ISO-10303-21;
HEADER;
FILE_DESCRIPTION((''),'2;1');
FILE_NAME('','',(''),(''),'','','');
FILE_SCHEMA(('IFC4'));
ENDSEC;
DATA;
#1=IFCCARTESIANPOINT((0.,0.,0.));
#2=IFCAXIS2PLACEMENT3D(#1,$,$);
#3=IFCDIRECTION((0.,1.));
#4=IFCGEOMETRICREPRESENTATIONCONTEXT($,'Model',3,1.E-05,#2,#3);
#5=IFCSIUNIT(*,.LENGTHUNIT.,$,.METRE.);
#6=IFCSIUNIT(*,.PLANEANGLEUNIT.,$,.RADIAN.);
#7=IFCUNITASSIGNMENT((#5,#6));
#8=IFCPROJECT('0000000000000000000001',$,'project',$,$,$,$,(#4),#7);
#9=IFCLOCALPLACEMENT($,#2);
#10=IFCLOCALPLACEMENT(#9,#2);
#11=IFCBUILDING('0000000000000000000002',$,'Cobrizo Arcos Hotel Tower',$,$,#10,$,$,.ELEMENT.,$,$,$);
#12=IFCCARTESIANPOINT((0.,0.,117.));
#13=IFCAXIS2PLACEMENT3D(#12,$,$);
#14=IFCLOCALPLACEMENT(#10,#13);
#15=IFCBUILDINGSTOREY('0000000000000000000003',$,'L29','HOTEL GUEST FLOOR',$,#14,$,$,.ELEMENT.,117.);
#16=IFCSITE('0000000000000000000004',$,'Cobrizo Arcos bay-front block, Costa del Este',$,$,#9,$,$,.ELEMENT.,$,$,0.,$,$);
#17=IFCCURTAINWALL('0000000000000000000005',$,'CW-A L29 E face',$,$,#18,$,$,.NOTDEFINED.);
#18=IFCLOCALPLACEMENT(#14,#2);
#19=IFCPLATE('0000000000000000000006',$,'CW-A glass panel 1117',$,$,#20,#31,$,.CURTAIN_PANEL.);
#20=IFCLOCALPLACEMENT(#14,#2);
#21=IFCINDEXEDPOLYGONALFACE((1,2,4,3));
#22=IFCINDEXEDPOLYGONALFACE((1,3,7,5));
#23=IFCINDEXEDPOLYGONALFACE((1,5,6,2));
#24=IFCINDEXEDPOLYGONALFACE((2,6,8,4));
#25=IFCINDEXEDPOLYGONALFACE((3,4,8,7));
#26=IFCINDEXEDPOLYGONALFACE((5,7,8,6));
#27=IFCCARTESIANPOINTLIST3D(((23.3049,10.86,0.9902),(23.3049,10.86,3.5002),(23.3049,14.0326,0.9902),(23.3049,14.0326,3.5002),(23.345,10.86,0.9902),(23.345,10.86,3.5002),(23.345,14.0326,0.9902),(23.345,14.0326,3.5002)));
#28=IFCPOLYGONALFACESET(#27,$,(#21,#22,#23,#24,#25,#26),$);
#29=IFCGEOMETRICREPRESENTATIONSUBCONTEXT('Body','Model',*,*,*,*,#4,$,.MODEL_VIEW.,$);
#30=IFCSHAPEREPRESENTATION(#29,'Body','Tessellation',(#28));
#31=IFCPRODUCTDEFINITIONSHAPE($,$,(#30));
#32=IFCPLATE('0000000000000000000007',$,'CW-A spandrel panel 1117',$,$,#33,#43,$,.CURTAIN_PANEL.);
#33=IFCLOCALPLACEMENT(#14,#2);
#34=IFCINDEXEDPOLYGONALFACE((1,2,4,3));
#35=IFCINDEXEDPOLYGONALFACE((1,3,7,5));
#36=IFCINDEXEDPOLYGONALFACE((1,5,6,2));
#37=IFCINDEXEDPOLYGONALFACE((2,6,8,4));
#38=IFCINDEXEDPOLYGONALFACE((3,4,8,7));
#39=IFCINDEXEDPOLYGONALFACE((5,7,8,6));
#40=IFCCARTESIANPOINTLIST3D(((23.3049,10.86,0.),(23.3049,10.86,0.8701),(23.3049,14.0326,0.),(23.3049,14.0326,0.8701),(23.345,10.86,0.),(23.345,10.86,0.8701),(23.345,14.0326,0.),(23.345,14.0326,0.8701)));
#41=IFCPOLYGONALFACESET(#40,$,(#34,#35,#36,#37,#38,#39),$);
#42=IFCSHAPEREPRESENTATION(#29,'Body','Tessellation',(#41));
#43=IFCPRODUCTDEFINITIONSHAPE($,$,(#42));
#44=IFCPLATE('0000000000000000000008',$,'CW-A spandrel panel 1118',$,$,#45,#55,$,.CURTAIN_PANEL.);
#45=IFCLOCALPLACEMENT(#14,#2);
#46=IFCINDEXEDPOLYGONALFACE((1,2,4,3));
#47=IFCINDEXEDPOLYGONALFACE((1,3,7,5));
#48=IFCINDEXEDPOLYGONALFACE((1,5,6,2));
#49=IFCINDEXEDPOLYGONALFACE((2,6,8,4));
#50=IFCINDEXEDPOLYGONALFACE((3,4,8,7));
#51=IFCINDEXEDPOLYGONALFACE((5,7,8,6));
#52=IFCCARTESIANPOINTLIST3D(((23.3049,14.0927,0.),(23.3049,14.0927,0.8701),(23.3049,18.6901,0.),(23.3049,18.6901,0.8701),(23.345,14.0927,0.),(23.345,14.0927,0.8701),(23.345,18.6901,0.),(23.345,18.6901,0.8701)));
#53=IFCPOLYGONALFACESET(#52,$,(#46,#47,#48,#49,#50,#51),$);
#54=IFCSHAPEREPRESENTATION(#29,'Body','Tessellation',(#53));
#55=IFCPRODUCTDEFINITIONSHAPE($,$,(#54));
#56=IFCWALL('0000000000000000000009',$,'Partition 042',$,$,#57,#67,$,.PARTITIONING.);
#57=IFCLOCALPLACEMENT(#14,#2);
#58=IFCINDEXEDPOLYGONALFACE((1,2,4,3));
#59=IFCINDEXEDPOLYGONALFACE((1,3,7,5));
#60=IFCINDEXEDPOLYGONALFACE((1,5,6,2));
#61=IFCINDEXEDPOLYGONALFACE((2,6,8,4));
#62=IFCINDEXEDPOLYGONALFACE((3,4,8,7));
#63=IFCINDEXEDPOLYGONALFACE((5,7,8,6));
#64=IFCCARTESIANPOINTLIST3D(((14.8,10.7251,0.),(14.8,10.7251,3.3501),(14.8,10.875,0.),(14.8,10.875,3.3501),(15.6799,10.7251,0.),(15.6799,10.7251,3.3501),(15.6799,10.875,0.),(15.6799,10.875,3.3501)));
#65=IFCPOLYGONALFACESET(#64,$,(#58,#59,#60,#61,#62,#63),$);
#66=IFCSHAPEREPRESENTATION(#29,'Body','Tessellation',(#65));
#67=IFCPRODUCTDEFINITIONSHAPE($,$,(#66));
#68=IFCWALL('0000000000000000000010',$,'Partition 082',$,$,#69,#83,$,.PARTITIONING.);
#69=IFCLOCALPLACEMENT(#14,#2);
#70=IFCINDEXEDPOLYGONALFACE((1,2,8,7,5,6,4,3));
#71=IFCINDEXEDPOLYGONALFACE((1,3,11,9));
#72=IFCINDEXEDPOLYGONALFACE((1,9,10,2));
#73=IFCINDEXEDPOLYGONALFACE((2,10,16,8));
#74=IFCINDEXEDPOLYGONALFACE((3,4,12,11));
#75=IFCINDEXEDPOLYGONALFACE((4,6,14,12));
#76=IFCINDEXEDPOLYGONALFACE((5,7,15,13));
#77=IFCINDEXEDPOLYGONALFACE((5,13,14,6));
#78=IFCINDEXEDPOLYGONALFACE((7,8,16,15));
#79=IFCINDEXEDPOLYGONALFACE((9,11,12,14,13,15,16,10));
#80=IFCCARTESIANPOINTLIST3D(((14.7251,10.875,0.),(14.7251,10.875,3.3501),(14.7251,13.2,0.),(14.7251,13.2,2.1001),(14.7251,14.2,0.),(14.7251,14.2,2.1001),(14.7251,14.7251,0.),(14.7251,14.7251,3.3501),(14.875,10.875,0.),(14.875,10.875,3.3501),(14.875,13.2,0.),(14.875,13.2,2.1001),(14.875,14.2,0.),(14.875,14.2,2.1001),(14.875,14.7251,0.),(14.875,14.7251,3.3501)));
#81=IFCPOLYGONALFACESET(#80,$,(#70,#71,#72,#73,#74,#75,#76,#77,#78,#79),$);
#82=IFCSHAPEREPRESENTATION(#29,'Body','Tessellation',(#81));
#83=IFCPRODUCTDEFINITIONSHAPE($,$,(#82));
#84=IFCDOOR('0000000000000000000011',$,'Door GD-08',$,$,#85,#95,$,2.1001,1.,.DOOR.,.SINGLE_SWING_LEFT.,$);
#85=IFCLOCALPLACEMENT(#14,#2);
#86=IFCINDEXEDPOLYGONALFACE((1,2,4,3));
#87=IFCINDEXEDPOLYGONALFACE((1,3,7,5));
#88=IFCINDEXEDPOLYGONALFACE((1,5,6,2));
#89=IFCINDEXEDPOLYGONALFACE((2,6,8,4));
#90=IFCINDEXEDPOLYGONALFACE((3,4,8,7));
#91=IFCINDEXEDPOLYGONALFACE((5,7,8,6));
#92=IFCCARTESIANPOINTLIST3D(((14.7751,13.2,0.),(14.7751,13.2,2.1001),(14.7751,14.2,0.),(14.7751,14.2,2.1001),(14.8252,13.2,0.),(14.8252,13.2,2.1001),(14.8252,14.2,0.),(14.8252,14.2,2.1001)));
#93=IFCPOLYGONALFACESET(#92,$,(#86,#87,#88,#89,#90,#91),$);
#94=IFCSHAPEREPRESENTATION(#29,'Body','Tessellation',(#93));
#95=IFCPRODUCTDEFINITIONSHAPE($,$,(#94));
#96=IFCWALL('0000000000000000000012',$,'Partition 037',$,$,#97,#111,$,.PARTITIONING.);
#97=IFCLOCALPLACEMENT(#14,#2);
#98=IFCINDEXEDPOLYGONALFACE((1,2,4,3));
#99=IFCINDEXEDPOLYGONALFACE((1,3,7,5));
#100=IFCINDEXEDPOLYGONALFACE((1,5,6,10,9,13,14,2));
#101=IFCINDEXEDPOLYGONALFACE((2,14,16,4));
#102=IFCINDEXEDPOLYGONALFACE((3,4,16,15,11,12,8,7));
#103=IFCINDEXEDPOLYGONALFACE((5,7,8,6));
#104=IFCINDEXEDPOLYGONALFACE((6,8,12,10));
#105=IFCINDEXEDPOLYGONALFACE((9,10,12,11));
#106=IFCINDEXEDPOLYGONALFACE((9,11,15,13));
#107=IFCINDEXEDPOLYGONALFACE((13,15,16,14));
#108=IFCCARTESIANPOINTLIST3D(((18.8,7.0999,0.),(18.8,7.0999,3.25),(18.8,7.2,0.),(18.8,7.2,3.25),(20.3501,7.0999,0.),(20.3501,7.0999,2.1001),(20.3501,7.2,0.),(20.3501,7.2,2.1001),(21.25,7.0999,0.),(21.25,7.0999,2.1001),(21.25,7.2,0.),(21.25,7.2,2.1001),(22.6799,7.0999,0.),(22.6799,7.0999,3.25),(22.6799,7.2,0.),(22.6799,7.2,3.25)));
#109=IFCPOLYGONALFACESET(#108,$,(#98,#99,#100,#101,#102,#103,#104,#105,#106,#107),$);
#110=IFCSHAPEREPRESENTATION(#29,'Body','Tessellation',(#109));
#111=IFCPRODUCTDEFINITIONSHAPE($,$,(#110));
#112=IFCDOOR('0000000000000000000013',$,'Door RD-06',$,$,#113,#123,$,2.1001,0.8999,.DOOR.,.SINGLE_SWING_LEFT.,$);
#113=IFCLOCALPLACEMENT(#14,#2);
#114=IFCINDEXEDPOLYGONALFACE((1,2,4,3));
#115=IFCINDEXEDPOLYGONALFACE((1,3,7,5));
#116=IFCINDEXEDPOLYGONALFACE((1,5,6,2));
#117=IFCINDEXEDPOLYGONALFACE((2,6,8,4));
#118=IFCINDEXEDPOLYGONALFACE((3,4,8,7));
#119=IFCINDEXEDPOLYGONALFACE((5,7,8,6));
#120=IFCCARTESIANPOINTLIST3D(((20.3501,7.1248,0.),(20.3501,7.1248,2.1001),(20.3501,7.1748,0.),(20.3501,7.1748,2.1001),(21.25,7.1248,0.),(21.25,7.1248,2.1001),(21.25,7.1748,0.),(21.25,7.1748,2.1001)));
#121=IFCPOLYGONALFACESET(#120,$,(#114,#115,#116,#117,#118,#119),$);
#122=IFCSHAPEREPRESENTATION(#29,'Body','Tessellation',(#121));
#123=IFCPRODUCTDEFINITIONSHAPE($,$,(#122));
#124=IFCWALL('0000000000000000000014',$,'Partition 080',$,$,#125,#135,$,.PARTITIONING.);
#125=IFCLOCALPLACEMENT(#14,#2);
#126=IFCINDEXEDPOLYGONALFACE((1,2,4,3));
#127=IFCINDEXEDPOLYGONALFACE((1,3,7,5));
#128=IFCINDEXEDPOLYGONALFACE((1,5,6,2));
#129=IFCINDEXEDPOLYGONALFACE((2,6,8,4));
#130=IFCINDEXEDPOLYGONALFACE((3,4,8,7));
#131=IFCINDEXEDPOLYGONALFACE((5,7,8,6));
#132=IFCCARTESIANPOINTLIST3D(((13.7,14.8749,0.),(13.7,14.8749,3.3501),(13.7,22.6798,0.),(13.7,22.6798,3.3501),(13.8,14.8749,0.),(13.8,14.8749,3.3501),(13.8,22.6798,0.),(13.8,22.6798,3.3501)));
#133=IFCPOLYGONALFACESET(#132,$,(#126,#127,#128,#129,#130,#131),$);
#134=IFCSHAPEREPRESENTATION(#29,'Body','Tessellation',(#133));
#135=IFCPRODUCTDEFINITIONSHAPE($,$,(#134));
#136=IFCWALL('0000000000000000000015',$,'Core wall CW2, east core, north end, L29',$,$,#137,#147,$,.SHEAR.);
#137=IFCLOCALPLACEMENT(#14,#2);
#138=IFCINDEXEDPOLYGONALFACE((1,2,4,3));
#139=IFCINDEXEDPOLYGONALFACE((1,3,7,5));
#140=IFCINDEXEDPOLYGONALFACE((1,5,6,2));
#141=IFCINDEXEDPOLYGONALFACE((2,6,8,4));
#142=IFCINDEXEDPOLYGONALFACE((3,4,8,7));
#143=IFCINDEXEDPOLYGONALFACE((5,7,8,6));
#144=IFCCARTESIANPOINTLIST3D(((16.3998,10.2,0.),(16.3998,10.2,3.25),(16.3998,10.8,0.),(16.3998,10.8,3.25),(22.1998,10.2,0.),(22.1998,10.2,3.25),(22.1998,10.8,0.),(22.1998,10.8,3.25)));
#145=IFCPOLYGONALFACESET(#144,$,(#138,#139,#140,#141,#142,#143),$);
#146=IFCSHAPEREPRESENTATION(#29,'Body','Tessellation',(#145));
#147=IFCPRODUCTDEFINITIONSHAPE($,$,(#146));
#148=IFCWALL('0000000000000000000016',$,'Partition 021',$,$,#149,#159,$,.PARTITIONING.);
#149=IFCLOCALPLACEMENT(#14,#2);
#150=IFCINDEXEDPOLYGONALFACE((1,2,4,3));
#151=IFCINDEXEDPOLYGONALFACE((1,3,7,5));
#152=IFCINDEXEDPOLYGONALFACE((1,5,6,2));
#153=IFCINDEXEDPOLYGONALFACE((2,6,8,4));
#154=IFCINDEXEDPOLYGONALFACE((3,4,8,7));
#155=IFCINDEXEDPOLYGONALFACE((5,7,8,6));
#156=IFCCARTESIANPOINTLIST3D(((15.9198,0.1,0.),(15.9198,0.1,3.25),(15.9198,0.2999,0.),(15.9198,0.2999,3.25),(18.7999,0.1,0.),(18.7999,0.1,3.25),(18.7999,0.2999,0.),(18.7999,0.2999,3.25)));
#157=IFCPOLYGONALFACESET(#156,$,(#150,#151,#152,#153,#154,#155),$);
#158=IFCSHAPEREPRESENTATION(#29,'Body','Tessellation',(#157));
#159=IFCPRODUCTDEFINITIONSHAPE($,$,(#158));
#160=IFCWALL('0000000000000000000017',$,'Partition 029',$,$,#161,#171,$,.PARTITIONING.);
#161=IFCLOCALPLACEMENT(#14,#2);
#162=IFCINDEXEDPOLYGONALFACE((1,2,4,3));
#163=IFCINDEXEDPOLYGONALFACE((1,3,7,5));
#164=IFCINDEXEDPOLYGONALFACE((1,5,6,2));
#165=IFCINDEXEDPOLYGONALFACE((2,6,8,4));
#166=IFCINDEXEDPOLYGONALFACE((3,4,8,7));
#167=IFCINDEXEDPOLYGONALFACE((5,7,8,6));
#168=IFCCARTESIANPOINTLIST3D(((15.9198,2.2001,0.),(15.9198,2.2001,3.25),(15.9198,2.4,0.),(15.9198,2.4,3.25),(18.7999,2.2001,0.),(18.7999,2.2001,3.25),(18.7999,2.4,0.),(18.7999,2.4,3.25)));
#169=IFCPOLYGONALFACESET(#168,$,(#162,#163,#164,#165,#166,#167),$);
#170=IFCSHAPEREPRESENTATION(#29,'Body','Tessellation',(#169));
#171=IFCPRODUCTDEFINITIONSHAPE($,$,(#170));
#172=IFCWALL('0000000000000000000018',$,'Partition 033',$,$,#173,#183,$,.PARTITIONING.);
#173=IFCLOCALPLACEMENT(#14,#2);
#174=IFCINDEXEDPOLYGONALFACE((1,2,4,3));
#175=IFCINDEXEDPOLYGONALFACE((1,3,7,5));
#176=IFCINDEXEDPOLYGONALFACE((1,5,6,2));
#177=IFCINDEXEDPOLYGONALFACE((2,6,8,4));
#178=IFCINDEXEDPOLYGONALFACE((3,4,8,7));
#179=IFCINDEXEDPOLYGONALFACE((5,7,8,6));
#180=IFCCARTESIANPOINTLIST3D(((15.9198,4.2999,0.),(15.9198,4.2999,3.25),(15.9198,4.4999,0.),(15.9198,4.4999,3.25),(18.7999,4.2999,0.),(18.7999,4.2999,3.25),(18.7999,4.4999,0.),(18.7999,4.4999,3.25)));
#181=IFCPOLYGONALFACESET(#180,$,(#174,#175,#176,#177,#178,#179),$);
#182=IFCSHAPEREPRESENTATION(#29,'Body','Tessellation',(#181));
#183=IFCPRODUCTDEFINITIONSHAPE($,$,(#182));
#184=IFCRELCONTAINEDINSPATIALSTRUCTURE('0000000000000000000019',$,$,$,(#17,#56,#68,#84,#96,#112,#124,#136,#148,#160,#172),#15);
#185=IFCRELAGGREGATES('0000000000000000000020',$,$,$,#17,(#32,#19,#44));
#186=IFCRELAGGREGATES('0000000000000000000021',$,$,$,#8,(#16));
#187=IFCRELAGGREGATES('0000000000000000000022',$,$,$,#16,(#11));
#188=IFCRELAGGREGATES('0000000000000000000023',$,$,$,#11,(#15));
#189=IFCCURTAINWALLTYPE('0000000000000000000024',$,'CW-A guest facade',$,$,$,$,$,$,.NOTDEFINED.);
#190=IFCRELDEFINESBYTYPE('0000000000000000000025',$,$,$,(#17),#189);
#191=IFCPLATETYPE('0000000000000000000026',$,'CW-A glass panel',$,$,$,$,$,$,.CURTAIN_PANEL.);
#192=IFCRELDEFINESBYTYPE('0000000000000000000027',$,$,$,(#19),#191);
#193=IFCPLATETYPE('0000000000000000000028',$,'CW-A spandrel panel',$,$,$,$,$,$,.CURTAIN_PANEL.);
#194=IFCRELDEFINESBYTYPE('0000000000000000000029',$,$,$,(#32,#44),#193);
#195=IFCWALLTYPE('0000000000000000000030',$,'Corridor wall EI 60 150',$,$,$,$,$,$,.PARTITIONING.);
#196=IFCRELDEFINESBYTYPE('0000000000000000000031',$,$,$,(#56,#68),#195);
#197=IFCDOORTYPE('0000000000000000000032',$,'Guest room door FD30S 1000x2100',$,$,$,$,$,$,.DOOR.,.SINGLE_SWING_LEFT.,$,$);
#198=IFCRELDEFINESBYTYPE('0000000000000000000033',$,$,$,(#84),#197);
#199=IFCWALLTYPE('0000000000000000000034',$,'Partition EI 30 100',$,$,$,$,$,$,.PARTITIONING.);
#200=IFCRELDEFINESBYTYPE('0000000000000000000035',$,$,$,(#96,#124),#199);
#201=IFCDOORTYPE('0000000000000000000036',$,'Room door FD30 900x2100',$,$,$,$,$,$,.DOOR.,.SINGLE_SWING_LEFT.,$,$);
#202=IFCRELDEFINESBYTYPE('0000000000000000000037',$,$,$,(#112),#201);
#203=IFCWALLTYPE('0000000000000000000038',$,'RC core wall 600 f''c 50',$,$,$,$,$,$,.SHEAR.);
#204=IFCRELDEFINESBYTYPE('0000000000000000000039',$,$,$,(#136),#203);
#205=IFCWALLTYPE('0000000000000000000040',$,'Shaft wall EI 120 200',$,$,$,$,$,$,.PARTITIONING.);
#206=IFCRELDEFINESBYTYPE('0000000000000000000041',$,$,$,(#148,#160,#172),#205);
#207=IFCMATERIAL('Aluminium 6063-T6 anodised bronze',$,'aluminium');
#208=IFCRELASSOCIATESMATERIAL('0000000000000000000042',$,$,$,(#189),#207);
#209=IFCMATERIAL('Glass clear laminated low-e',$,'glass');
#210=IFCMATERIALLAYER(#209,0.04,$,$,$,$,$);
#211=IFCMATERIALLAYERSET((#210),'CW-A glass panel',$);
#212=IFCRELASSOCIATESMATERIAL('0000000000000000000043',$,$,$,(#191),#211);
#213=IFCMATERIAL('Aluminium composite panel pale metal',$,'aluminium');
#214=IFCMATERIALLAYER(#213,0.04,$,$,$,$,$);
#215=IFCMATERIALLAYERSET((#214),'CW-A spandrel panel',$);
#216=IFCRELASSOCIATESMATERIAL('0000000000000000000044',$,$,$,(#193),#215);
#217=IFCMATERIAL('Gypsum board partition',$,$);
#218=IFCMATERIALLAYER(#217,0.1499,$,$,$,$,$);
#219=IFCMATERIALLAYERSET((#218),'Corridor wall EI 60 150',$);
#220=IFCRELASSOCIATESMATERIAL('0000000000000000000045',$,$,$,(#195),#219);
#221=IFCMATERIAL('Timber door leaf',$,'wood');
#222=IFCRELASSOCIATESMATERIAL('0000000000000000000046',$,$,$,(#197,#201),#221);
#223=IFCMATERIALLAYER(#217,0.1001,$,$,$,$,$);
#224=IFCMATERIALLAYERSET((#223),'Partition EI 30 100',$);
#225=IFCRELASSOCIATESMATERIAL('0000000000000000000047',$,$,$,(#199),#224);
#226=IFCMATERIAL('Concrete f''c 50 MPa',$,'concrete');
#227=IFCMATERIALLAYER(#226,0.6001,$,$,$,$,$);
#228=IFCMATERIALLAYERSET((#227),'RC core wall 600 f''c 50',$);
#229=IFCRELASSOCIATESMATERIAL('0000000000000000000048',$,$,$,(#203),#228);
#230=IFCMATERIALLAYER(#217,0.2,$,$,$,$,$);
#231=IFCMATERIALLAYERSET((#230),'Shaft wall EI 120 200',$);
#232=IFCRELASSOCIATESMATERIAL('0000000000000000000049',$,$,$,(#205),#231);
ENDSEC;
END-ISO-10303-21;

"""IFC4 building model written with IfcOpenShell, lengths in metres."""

from ifc_helpers import new_model, si_unit, direction, frame, frame_2d, origin, origin_2d, place, context, subcontext, project, spatial, rectangle, extrude, material, layer, layer_set, type_object, element, fill, aggregate, save


model = new_model("IFC4")

# Units and contexts
model_context = context("Model", 3, precision=1e-05, world=origin(), true_north=direction((0.0, 1.0)))
body_context = subcontext(model_context, "Body", "Model", "MODEL_VIEW")
ifc_project = project(units=[si_unit("LENGTHUNIT", "METRE"), si_unit("PLANEANGLEUNIT", "RADIAN")], contexts=[model_context])

# Site, building, storey
site_placement = place(None, origin())
site = spatial("IfcSite", under=ifc_project, at=site_placement, Name="Cobrizo Arcos bay-front block, Costa del Este", CompositionType="ELEMENT", RefElevation=0.0)
building_placement = place(site_placement, origin())
building = spatial("IfcBuilding", under=site, at=building_placement, Name="Cobrizo Arcos Hotel Tower", CompositionType="ELEMENT")
storey_placement = place(building_placement, frame((0.0, 0.0, 117.0)))
storey = spatial("IfcBuildingStorey", under=building, at=storey_placement, Name="L29", Description="HOTEL GUEST FLOOR", CompositionType="ELEMENT", Elevation=117.0)

# Curtain wall
ifc_material_1 = material(Name="Aluminium 6063-T6 anodised bronze", Category="aluminium")
curtain_wall_type = type_object("IfcCurtainWallType", Name="CW-A guest facade", PredefinedType="NOTDEFINED", material=ifc_material_1)
curtain_wall_placement = place(storey_placement, origin())
curtain_wall = element("IfcCurtainWall", 1, at=curtain_wall_placement, inside=storey, type_object=curtain_wall_type, Name="CW-A L29 E face", PredefinedType="NOTDEFINED")

# Plates
ifc_material_2 = material(Name="Glass clear laminated low-e", Category="glass")
ifc_layer_1 = layer(ifc_material_2, 0.04)
ifc_layer_set_1 = layer_set([ifc_layer_1], Name="CW-A glass panel")
plate_type_1 = type_object("IfcPlateType", Name="CW-A glass panel", PredefinedType="CURTAIN_PANEL", material=ifc_layer_set_1)
plate_1_placement = place(storey_placement, frame((23.325, 12.4463, 0.9902), z_axis=(0.0, 0.0, 1.0), x_axis=(0.0, 1.0, 0.0)))
plate_1 = element("IfcPlate", 2, at=plate_1_placement, type_object=plate_type_1, Name="CW-A glass panel 1117", PredefinedType="CURTAIN_PANEL", context=body_context, shape_type="SweptSolid", body=[
    extrude(rectangle(XDim=3.1726, YDim=0.04, at=origin_2d()), origin(), (0.0, 0.0, 1.0), 2.51),
])
ifc_material_3 = material(Name="Aluminium composite panel pale metal", Category="aluminium")
ifc_layer_2 = layer(ifc_material_3, 0.04)
ifc_layer_set_2 = layer_set([ifc_layer_2], Name="CW-A spandrel panel")
plate_type_2 = type_object("IfcPlateType", Name="CW-A spandrel panel", PredefinedType="CURTAIN_PANEL", material=ifc_layer_set_2)
plate_2_placement = place(storey_placement, frame((23.325, 12.4463, 0.0), z_axis=(0.0, 0.0, 1.0), x_axis=(0.0, 1.0, 0.0)))
plate_2 = element("IfcPlate", 3, at=plate_2_placement, type_object=plate_type_2, Name="CW-A spandrel panel 1117", PredefinedType="CURTAIN_PANEL", context=body_context, shape_type="SweptSolid", body=[
    extrude(rectangle(XDim=3.1726, YDim=0.04, at=origin_2d()), origin(), (0.0, 0.0, 1.0), 0.8701),
])
plate_3_placement = place(storey_placement, frame((23.325, 16.3914, 0.0), z_axis=(0.0, 0.0, 1.0), x_axis=(0.0, 1.0, 0.0)))
plate_3 = element("IfcPlate", 4, at=plate_3_placement, type_object=plate_type_2, Name="CW-A spandrel panel 1118", PredefinedType="CURTAIN_PANEL", context=body_context, shape_type="SweptSolid", body=[
    extrude(rectangle(XDim=4.5974, YDim=0.04, at=origin_2d()), origin(), (0.0, 0.0, 1.0), 0.8701),
])
aggregate(curtain_wall, [plate_2, plate_1, plate_3])

# Wall
ifc_material_4 = material(Name="Gypsum board partition")
ifc_layer_3 = layer(ifc_material_4, 0.1499)
ifc_layer_set_3 = layer_set([ifc_layer_3], Name="Corridor wall EI 60 150")
wall_type_1 = type_object("IfcWallType", Name="Corridor wall EI 60 150", PredefinedType="PARTITIONING", material=ifc_layer_set_3)
wall_1_placement = place(storey_placement, frame((14.8, 10.8, 0.0), z_axis=(0.0, 0.0, 1.0), x_axis=(1.0, 0.0, 0.0)))
element("IfcWall", 5, at=wall_1_placement, inside=storey, type_object=wall_type_1, Name="Partition 042", PredefinedType="PARTITIONING", context=body_context, shape_type="SweptSolid", body=[
    extrude(rectangle(XDim=0.8799, YDim=0.1499, at=frame_2d((0.4399, 0.0))), origin(), (0.0, 0.0, 1.0), 3.3501),
])

# Walls, openings, doors
wall_2_placement = place(storey_placement, frame((14.8, 10.875, 0.0), z_axis=(0.0, 0.0, 1.0), x_axis=(0.0, 1.0, 0.0)))
wall_2 = element("IfcWall", 6, at=wall_2_placement, inside=storey, type_object=wall_type_1, Name="Partition 082", PredefinedType="PARTITIONING", context=body_context, shape_type="SweptSolid", body=[
    extrude(rectangle(XDim=3.8501, YDim=0.1499, at=frame_2d((1.925, 0.0))), origin(), (0.0, 0.0, 1.0), 3.3501),
])
opening_1_placement = place(wall_2_placement, frame((2.325, 0.0, 0.0)))
opening_1 = element("IfcOpeningElement", 7, at=opening_1_placement, cuts=wall_2, PredefinedType="OPENING", context=body_context, shape_type="SweptSolid", body=[
    extrude(rectangle(XDim=1.0, YDim=2.1001, at=frame_2d((0.5, 1.05))), frame((0.0, 0.0869, 0.0), z_axis=(0.0, -1.0, 0.0), x_axis=(1.0, 0.0, 0.0)), (0.0, 0.0, 1.0), 0.1738),
])
ifc_material_5 = material(Name="Timber door leaf", Category="wood")
door_type_1 = type_object("IfcDoorType", Name="Guest room door FD30S 1000x2100", OperationType="SINGLE_SWING_LEFT", PredefinedType="DOOR", material=ifc_material_5)
door_1_placement = place(opening_1_placement, origin())
door_1 = element("IfcDoor", 8, at=door_1_placement, inside=storey, type_object=door_type_1, Name="Door GD-08", OperationType="SINGLE_SWING_LEFT", OverallHeight=2.1001, OverallWidth=1.0, PredefinedType="DOOR", context=body_context, shape_type="SweptSolid", body=[
    extrude(rectangle(XDim=1.0, YDim=2.1001, at=frame_2d((0.5, 1.05))), frame((0.0, 0.0249, 0.0), z_axis=(0.0, -1.0, 0.0), x_axis=(1.0, 0.0, 0.0)), (0.0, 0.0, 1.0), 0.05),
])
fill(opening_1, door_1)
ifc_layer_4 = layer(ifc_material_4, 0.1001)
ifc_layer_set_4 = layer_set([ifc_layer_4], Name="Partition EI 30 100")
wall_type_2 = type_object("IfcWallType", Name="Partition EI 30 100", PredefinedType="PARTITIONING", material=ifc_layer_set_4)
wall_3_placement = place(storey_placement, frame((18.8, 7.1499, 0.0), z_axis=(0.0, 0.0, 1.0), x_axis=(1.0, 0.0, 0.0)))
wall_3 = element("IfcWall", 9, at=wall_3_placement, inside=storey, type_object=wall_type_2, Name="Partition 037", PredefinedType="PARTITIONING", context=body_context, shape_type="SweptSolid", body=[
    extrude(rectangle(XDim=3.8799, YDim=0.1001, at=frame_2d((1.9399, 0.0))), origin(), (0.0, 0.0, 1.0), 3.25),
])
opening_2_placement = place(wall_3_placement, frame((1.55, 0.0, 0.0)))
opening_2 = element("IfcOpeningElement", 10, at=opening_2_placement, cuts=wall_3, PredefinedType="OPENING", context=body_context, shape_type="SweptSolid", body=[
    extrude(rectangle(XDim=0.8999, YDim=2.1001, at=frame_2d((0.45, 1.05))), frame((0.0, 0.062, 0.0), z_axis=(0.0, -1.0, 0.0), x_axis=(1.0, 0.0, 0.0)), (0.0, 0.0, 1.0), 0.124),
])
door_type_2 = type_object("IfcDoorType", Name="Room door FD30 900x2100", OperationType="SINGLE_SWING_LEFT", PredefinedType="DOOR", material=ifc_material_5)
door_2_placement = place(opening_2_placement, origin())
door_2 = element("IfcDoor", 11, at=door_2_placement, inside=storey, type_object=door_type_2, Name="Door RD-06", OperationType="SINGLE_SWING_LEFT", OverallHeight=2.1001, OverallWidth=0.8999, PredefinedType="DOOR", context=body_context, shape_type="SweptSolid", body=[
    extrude(rectangle(XDim=0.8999, YDim=2.1001, at=frame_2d((0.45, 1.05))), frame((0.0, 0.0249, 0.0), z_axis=(0.0, -1.0, 0.0), x_axis=(1.0, 0.0, 0.0)), (0.0, 0.0, 1.0), 0.05),
])
fill(opening_2, door_2)

# Walls
wall_4_placement = place(storey_placement, frame((13.75, 14.875, 0.0), z_axis=(0.0, 0.0, 1.0), x_axis=(0.0, 1.0, 0.0)))
element("IfcWall", 12, at=wall_4_placement, inside=storey, type_object=wall_type_2, Name="Partition 080", PredefinedType="PARTITIONING", context=body_context, shape_type="SweptSolid", body=[
    extrude(rectangle(XDim=7.8049, YDim=0.1001, at=frame_2d((3.9023, 0.0))), origin(), (0.0, 0.0, 1.0), 3.3501),
])
ifc_material_6 = material(Name="Concrete f'c 50 MPa", Category="concrete")
ifc_layer_5 = layer(ifc_material_6, 0.6001)
ifc_layer_set_5 = layer_set([ifc_layer_5], Name="RC core wall 600 f'c 50")
wall_type_3 = type_object("IfcWallType", Name="RC core wall 600 f'c 50", PredefinedType="SHEAR", material=ifc_layer_set_5)
wall_5_placement = place(storey_placement, frame((16.3999, 10.5, 0.0), z_axis=(0.0, 0.0, 1.0), x_axis=(1.0, 0.0, 0.0)))
element("IfcWall", 13, at=wall_5_placement, inside=storey, type_object=wall_type_3, Name="Core wall CW2, east core, north end, L29", PredefinedType="SHEAR", context=body_context, shape_type="SweptSolid", body=[
    extrude(rectangle(XDim=5.8, YDim=0.6001, at=frame_2d((2.8999, 0.0))), origin(), (0.0, 0.0, 1.0), 3.25),
])
ifc_layer_6 = layer(ifc_material_4, 0.2)
ifc_layer_set_6 = layer_set([ifc_layer_6], Name="Shaft wall EI 120 200")
wall_type_4 = type_object("IfcWallType", Name="Shaft wall EI 120 200", PredefinedType="PARTITIONING", material=ifc_layer_set_6)
for number, where, z_axis, x_axis, name in (
    (14, (15.9199, 0.2, 0.0), (0.0, 0.0, 1.0), (1.0, 0.0, 0.0), "Partition 021"),
    (15, (15.9199, 2.3, 0.0), (0.0, 0.0, 1.0), (1.0, 0.0, 0.0), "Partition 029"),
    (16, (15.9199, 4.3999, 0.0), (0.0, 0.0, 1.0), (1.0, 0.0, 0.0), "Partition 033"),
):
    element("IfcWall", number, at=place(storey_placement, frame(where, z_axis=z_axis, x_axis=x_axis)), inside=storey, type_object=wall_type_4, Name=name, PredefinedType="PARTITIONING", context=body_context, shape_type="SweptSolid", body=[
        extrude(rectangle(XDim=2.8801, YDim=0.2, at=frame_2d((1.4399, 0.0))), origin(), (0.0, 0.0, 1.0), 3.25),
    ])

save(model, "model.ifc")
